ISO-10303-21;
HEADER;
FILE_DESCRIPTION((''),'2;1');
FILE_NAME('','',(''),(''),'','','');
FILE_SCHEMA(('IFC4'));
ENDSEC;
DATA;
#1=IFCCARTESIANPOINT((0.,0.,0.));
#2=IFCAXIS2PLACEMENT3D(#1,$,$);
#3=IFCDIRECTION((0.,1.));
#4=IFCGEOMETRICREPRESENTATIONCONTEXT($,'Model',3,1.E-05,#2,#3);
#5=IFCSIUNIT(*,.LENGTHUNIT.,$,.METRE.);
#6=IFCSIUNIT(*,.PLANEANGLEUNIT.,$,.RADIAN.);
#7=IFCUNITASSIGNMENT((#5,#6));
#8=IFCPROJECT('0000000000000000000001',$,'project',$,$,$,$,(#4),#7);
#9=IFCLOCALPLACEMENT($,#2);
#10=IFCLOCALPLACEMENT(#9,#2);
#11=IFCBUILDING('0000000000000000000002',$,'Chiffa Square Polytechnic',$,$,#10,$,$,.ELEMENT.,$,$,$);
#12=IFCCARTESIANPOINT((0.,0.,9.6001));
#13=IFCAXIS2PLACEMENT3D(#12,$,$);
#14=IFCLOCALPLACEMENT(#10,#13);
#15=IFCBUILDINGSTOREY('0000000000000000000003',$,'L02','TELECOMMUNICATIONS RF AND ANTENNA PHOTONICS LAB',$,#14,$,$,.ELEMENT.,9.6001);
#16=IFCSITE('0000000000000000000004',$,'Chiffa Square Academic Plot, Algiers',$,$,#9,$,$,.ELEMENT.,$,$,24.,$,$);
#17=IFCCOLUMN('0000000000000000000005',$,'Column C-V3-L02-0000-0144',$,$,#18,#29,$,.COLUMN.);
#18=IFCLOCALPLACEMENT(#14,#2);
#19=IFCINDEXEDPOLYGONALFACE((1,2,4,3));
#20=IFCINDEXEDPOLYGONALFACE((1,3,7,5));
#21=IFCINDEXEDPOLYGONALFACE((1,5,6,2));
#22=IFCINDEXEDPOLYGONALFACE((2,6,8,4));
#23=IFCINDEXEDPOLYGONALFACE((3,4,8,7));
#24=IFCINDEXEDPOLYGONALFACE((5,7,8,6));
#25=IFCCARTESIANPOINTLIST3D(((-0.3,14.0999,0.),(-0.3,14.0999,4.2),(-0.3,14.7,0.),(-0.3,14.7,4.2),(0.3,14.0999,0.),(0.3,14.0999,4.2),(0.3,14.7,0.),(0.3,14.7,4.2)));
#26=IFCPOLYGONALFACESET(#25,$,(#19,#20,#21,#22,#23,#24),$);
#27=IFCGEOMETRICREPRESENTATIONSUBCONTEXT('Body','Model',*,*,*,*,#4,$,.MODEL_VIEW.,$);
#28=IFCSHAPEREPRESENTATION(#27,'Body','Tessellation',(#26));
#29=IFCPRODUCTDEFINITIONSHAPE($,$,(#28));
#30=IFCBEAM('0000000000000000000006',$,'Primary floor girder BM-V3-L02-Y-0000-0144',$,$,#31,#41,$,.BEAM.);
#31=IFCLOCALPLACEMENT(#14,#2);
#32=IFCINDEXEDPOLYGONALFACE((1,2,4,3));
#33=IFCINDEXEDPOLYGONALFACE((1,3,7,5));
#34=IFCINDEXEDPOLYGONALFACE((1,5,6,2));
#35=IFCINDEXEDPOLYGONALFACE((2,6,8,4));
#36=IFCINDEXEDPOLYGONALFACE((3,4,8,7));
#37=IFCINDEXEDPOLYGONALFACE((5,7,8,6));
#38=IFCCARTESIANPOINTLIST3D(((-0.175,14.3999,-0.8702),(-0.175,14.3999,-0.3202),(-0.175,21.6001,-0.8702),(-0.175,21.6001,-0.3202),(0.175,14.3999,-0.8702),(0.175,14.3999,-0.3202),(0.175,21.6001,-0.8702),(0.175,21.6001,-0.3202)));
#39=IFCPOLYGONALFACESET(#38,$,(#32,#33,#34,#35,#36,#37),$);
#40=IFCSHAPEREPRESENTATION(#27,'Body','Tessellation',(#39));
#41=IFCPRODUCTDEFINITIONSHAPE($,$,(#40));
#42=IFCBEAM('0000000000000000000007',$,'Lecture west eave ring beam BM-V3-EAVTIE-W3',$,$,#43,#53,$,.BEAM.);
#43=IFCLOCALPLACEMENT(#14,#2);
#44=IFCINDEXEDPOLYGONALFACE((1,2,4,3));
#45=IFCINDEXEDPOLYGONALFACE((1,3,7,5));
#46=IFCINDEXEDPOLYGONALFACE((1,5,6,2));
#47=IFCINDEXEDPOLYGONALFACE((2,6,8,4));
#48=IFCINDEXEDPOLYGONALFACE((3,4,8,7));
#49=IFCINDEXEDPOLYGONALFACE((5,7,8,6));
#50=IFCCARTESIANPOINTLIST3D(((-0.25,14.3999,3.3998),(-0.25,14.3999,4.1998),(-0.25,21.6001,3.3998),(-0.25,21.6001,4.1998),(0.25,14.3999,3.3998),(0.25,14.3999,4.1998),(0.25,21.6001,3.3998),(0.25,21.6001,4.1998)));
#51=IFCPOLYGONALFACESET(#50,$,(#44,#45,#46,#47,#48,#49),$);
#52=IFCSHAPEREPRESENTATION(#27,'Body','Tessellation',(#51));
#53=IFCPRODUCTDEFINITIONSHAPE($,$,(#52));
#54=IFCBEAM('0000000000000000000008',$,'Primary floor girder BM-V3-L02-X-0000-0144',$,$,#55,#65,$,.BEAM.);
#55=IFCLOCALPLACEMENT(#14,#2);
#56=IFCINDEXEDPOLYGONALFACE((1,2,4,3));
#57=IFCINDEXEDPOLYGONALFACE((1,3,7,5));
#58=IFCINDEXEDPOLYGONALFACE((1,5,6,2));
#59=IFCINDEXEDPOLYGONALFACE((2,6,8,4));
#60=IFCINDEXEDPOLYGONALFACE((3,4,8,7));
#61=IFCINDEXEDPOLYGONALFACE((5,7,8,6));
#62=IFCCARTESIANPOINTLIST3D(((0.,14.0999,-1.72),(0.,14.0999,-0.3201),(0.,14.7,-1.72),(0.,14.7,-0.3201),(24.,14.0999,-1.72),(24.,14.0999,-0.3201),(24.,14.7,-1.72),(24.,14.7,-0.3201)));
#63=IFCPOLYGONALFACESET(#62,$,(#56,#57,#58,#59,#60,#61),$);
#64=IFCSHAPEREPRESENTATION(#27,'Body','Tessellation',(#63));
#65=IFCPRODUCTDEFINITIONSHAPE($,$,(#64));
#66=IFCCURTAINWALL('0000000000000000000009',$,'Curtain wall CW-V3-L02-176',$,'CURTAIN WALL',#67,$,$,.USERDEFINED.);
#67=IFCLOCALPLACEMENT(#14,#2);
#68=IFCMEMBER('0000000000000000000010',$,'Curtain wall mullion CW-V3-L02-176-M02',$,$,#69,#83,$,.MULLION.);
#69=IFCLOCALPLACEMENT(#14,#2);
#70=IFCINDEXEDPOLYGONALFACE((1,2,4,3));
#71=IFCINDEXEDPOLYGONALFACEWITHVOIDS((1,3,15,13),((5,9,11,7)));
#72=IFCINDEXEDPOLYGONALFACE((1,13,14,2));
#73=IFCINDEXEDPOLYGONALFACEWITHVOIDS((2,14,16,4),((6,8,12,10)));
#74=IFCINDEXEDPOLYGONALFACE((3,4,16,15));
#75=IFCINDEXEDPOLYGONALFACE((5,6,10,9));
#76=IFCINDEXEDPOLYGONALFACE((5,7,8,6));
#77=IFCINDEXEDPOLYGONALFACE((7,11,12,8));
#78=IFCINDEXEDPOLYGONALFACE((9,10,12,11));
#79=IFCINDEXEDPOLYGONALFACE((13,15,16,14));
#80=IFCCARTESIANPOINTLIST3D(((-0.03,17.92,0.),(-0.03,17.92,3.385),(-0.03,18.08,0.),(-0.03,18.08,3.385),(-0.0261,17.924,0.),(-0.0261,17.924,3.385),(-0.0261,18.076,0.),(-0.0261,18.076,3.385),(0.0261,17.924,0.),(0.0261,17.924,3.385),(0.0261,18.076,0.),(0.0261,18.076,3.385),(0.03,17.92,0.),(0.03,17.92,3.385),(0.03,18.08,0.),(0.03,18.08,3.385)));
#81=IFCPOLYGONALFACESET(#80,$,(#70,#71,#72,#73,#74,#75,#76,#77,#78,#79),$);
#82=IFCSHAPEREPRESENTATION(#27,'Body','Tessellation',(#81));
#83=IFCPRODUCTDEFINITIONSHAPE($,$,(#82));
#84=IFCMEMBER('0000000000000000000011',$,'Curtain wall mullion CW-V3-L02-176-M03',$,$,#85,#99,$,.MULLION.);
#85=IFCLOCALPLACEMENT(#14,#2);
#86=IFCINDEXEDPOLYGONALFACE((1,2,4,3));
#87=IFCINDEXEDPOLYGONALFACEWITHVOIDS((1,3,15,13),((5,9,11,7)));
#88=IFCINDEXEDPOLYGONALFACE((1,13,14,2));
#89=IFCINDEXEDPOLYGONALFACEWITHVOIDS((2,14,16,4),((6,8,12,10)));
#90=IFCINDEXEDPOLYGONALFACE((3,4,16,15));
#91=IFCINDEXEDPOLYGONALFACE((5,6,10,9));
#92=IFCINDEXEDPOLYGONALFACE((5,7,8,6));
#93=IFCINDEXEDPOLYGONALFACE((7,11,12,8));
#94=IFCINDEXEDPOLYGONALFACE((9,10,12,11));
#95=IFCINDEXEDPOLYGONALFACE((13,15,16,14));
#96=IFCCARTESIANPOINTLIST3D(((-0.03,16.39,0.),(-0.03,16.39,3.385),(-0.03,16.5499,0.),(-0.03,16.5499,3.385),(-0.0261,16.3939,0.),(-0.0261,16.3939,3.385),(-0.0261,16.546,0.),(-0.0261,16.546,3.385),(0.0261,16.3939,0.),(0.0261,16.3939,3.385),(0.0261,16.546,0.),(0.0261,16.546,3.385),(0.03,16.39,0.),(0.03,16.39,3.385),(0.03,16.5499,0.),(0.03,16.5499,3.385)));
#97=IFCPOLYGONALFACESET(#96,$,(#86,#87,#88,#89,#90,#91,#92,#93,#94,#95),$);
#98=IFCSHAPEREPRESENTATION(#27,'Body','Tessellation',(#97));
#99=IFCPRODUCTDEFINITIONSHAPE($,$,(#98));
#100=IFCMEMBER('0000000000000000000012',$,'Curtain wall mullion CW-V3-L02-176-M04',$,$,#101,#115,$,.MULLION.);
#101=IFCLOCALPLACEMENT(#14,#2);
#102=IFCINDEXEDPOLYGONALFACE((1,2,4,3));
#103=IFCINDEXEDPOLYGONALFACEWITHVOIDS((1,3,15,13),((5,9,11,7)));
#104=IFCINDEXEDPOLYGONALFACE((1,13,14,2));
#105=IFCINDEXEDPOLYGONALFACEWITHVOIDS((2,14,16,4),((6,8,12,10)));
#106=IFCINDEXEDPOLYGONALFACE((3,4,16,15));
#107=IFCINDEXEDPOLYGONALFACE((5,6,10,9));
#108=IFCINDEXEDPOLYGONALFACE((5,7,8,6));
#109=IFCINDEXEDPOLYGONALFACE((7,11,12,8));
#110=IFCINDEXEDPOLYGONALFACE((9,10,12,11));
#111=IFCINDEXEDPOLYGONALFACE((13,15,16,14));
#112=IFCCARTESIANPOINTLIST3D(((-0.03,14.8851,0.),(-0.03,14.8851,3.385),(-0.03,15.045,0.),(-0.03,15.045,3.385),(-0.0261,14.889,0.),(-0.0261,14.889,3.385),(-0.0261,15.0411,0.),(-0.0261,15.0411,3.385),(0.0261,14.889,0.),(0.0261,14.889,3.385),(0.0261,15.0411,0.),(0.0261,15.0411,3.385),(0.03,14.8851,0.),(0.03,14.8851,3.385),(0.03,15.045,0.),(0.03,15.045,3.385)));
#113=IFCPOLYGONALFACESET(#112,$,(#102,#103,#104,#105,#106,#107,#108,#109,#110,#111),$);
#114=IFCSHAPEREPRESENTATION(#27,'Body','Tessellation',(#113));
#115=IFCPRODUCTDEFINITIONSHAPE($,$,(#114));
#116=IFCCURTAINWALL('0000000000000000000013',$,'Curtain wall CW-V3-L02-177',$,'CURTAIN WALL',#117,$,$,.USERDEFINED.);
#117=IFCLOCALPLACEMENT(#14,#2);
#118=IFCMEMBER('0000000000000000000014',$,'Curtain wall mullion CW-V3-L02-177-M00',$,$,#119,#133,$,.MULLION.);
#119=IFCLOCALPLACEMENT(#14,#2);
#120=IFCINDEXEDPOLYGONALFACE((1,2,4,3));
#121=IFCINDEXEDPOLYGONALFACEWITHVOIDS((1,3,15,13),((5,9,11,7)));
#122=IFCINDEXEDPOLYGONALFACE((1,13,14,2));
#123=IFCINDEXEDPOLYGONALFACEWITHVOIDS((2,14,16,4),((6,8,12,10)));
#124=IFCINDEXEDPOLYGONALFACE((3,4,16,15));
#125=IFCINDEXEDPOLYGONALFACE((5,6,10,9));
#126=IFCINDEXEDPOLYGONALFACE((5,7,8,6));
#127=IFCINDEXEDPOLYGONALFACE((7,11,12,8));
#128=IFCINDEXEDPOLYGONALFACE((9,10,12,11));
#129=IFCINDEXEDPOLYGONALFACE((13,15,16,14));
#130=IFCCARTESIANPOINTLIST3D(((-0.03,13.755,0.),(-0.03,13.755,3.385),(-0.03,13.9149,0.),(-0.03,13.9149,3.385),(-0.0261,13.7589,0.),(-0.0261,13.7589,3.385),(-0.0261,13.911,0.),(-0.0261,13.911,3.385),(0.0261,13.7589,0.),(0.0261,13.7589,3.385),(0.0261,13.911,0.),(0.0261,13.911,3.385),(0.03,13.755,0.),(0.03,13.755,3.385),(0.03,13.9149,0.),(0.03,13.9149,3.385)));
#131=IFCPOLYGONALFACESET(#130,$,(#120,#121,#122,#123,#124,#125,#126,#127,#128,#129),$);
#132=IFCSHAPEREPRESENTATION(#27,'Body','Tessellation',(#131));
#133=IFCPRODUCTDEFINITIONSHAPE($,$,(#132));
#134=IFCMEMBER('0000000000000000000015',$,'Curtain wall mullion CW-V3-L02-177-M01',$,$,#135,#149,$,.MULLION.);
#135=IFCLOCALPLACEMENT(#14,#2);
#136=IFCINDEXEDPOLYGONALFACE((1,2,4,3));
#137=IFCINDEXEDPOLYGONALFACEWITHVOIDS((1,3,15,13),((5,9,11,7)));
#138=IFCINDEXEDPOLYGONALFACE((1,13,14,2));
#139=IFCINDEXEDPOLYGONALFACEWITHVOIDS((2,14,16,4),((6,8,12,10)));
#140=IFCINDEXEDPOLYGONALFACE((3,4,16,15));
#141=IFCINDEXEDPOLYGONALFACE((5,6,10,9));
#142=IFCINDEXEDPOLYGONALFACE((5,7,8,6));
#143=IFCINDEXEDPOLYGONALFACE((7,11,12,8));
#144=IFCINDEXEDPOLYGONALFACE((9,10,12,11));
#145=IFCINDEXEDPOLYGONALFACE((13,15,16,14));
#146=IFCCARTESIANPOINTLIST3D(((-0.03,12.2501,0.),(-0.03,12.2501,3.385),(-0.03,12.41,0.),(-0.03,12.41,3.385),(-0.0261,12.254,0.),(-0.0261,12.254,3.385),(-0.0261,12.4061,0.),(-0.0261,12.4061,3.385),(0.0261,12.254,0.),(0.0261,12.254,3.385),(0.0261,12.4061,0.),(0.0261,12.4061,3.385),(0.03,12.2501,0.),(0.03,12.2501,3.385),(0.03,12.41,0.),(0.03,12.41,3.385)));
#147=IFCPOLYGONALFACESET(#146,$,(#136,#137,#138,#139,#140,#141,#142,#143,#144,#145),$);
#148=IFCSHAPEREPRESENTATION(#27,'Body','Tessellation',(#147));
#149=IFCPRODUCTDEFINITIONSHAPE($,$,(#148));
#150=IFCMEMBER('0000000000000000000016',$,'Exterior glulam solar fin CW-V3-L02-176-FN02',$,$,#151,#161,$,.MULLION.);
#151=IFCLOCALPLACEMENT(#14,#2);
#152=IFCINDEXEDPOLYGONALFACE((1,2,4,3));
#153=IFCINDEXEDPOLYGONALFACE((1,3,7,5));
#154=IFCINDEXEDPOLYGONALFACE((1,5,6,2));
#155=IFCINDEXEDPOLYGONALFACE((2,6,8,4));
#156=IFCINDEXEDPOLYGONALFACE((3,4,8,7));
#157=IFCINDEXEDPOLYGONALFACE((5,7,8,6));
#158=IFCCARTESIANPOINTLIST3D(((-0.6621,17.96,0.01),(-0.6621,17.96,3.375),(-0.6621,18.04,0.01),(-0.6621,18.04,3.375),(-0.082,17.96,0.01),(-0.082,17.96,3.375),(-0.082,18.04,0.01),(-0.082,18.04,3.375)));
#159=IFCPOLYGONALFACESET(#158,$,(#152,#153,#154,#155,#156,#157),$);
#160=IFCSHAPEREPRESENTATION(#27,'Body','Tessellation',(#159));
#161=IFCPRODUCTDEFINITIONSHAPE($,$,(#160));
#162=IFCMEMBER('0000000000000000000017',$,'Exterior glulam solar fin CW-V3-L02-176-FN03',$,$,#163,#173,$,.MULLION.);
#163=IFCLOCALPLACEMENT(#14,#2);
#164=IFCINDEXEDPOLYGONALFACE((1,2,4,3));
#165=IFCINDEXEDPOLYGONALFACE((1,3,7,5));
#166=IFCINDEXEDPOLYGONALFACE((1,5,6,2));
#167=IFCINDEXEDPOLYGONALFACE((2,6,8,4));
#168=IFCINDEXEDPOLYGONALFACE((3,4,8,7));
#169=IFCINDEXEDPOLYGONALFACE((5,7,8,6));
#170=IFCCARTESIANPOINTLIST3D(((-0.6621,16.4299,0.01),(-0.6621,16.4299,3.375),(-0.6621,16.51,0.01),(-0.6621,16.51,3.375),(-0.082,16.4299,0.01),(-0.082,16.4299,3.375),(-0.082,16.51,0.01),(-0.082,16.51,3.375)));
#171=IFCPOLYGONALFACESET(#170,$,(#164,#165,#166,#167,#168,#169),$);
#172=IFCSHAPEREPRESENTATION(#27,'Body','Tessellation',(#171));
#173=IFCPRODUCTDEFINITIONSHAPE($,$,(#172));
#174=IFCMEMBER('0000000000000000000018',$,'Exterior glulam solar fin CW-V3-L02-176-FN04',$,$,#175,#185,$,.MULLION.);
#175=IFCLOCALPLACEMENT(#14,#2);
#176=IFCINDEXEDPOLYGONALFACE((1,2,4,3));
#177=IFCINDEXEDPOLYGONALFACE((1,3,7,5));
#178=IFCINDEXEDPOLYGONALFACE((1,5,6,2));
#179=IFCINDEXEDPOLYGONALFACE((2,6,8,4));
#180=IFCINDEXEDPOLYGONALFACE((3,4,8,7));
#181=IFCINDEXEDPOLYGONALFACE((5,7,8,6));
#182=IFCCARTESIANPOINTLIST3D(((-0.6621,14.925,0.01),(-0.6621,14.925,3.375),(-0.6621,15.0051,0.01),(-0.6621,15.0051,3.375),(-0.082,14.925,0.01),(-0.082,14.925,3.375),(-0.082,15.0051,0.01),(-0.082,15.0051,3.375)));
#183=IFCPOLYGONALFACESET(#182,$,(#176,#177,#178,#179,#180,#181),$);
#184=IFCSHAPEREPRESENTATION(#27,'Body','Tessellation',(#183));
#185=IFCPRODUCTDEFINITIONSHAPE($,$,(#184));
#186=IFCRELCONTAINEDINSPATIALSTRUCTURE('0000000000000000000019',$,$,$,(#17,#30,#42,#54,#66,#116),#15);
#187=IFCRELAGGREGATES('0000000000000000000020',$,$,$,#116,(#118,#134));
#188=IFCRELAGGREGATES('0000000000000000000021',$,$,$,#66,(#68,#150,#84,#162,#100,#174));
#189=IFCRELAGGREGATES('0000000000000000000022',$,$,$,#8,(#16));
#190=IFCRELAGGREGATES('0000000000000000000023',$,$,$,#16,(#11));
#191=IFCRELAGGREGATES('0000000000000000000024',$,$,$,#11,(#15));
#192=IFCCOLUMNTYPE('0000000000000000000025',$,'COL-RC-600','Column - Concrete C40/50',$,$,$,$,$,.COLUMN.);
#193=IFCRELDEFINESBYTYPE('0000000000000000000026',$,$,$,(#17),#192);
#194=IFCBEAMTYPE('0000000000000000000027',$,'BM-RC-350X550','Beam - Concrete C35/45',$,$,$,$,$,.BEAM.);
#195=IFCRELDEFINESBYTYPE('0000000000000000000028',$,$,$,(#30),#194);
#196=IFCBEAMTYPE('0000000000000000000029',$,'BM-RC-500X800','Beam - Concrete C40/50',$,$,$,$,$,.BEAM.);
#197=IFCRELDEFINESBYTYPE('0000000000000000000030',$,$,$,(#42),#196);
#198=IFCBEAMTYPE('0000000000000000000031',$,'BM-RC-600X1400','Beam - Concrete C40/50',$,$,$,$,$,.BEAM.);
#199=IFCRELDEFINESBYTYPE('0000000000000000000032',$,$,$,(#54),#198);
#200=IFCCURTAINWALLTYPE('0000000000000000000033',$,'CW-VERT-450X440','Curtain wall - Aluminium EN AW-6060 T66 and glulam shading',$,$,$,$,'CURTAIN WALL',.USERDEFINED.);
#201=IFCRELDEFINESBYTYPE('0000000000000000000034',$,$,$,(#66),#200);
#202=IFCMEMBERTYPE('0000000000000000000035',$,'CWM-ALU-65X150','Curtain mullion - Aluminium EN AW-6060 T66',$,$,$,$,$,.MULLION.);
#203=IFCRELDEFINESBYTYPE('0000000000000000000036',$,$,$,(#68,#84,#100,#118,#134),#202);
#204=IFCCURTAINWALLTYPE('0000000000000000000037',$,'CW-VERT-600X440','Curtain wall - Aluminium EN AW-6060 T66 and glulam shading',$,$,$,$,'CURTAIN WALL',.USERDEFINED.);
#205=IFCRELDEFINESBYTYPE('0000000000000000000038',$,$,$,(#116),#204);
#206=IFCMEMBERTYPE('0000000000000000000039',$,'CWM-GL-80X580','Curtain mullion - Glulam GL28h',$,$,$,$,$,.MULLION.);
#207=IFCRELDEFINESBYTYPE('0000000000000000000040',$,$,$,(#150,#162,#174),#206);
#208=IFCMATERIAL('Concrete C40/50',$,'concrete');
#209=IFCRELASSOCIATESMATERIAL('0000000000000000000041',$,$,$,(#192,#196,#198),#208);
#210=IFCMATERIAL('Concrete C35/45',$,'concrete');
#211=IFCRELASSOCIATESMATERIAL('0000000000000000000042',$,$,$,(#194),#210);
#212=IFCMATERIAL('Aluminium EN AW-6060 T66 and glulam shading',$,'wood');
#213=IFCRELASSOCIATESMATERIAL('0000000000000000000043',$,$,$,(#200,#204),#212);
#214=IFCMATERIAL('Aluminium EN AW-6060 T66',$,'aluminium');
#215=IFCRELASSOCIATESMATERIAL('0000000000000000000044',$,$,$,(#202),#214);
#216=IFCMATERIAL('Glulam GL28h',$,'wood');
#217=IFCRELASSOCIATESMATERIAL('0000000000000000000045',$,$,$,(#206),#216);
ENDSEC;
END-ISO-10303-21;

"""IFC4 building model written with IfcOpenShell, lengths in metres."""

from ifc_helpers import new_model, si_unit, direction, frame, origin, origin_2d, place, context, subcontext, project, spatial, rectangle, hollow_rectangle, extrude, material, material_profile, profile_set, type_object, element, aggregate, save


model = new_model("IFC4")

# Units and contexts
model_context = context("Model", 3, precision=1e-05, world=origin(), true_north=direction((0.0, 1.0)))
body_context = subcontext(model_context, "Body", "Model", "MODEL_VIEW")
ifc_project = project(units=[si_unit("LENGTHUNIT", "METRE"), si_unit("PLANEANGLEUNIT", "RADIAN")], contexts=[model_context])

# Site, building, storey
site_placement = place(None, origin())
site = spatial("IfcSite", under=ifc_project, at=site_placement, Name="Chiffa Square Academic Plot, Algiers", CompositionType="ELEMENT", RefElevation=24.0)
building_placement = place(site_placement, origin())
building = spatial("IfcBuilding", under=site, at=building_placement, Name="Chiffa Square Polytechnic", CompositionType="ELEMENT")
storey_placement = place(building_placement, frame((0.0, 0.0, 9.6001)))
storey = spatial("IfcBuildingStorey", under=building, at=storey_placement, Name="L02", Description="TELECOMMUNICATIONS RF AND ANTENNA PHOTONICS LAB", CompositionType="ELEMENT", Elevation=9.6001)

# Column
ifc_material_1 = material(Name="Concrete C40/50", Category="concrete")
ifc_material_profile_1 = material_profile(ifc_material_1, rectangle(XDim=0.6001, YDim=0.6001, at=origin_2d()), Name="RC 600x600")
ifc_profile_set_1 = profile_set([ifc_material_profile_1], Name="Concrete C40/50")
column_type = type_object("IfcColumnType", Name="COL-RC-600", Description="Column - Concrete C40/50", PredefinedType="COLUMN", material=ifc_profile_set_1)
column_placement = place(storey_placement, frame((0.0, 14.3999, 0.0), z_axis=(0.0, 0.0, 1.0), x_axis=(1.0, 0.0, 0.0)))
element("IfcColumn", 1, at=column_placement, inside=storey, type_object=column_type, Name="Column C-V3-L02-0000-0144", PredefinedType="COLUMN", context=body_context, shape_type="SweptSolid", body=[
    extrude(rectangle(XDim=0.6001, YDim=0.6001, at=origin_2d()), origin(), (0.0, 0.0, 1.0), 4.2),
])

# Beams
ifc_material_2 = material(Name="Concrete C35/45", Category="concrete")
ifc_material_profile_2 = material_profile(ifc_material_2, rectangle(XDim=0.3501, YDim=0.55, at=origin_2d()), Name="RC 350x550")
ifc_profile_set_2 = profile_set([ifc_material_profile_2], Name="Concrete C35/45")
beam_type_1 = type_object("IfcBeamType", Name="BM-RC-350X550", Description="Beam - Concrete C35/45", PredefinedType="BEAM", material=ifc_profile_set_2)
beam_1_placement = place(storey_placement, frame((0.0, 14.3999, -0.5952), z_axis=(0.0, 1.0, 0.0), x_axis=(-1.0, 0.0, 0.0)))
element("IfcBeam", 2, at=beam_1_placement, inside=storey, type_object=beam_type_1, Name="Primary floor girder BM-V3-L02-Y-0000-0144", PredefinedType="BEAM", context=body_context, shape_type="SweptSolid", body=[
    extrude(rectangle(XDim=0.3501, YDim=0.55, at=origin_2d()), origin(), (0.0, 0.0, 1.0), 7.2002),
])
ifc_material_profile_3 = material_profile(ifc_material_1, rectangle(XDim=0.5, YDim=0.8, at=origin_2d()), Name="RC 500x800")
ifc_profile_set_3 = profile_set([ifc_material_profile_3], Name="Concrete C40/50")
beam_type_2 = type_object("IfcBeamType", Name="BM-RC-500X800", Description="Beam - Concrete C40/50", PredefinedType="BEAM", material=ifc_profile_set_3)
beam_2_placement = place(storey_placement, frame((0.0, 14.3999, 3.7998), z_axis=(0.0, 1.0, 0.0), x_axis=(-1.0, 0.0, 0.0)))
element("IfcBeam", 3, at=beam_2_placement, inside=storey, type_object=beam_type_2, Name="Lecture west eave ring beam BM-V3-EAVTIE-W3", PredefinedType="BEAM", context=body_context, shape_type="SweptSolid", body=[
    extrude(rectangle(XDim=0.5, YDim=0.8, at=origin_2d()), origin(), (0.0, 0.0, 1.0), 7.2002),
])
ifc_material_profile_4 = material_profile(ifc_material_1, rectangle(XDim=0.6001, YDim=1.3999, at=origin_2d()), Name="RC 600x1400")
ifc_profile_set_4 = profile_set([ifc_material_profile_4], Name="Concrete C40/50")
beam_type_3 = type_object("IfcBeamType", Name="BM-RC-600X1400", Description="Beam - Concrete C40/50", PredefinedType="BEAM", material=ifc_profile_set_4)
beam_3_placement = place(storey_placement, frame((0.0, 14.3999, -1.02), z_axis=(1.0, 0.0, 0.0), x_axis=(0.0, 1.0, 0.0)))
element("IfcBeam", 4, at=beam_3_placement, inside=storey, type_object=beam_type_3, Name="Primary floor girder BM-V3-L02-X-0000-0144", PredefinedType="BEAM", context=body_context, shape_type="SweptSolid", body=[
    extrude(rectangle(XDim=0.6001, YDim=1.3999, at=origin_2d()), origin(), (0.0, 0.0, 1.0), 24.0),
])

# Curtain walls, members
ifc_material_3 = material(Name="Aluminium EN AW-6060 T66 and glulam shading", Category="wood")
curtain_wall_type_1 = type_object("IfcCurtainWallType", Name="CW-VERT-450X440", Description="Curtain wall - Aluminium EN AW-6060 T66 and glulam shading", ElementType="CURTAIN WALL", PredefinedType="USERDEFINED", material=ifc_material_3)
curtain_wall_1_placement = place(storey_placement, origin())
curtain_wall_1 = element("IfcCurtainWall", 5, at=curtain_wall_1_placement, inside=storey, type_object=curtain_wall_type_1, Name="Curtain wall CW-V3-L02-176", ObjectType="CURTAIN WALL", PredefinedType="USERDEFINED")
ifc_material_4 = material(Name="Aluminium EN AW-6060 T66", Category="aluminium")
ifc_material_profile_5 = material_profile(ifc_material_4, hollow_rectangle(XDim=0.0601, YDim=0.1599, WallThickness=0.0039, at=origin_2d()), Name="ALU 60x160x4")
ifc_profile_set_5 = profile_set([ifc_material_profile_5], Name="Aluminium EN AW-6060 T66")
member_type_1 = type_object("IfcMemberType", Name="CWM-ALU-65X150", Description="Curtain mullion - Aluminium EN AW-6060 T66", PredefinedType="MULLION", material=ifc_profile_set_5)
member_1_placement = place(storey_placement, frame((0.0, 18.0, 0.0), z_axis=(0.0, 0.0, 1.0), x_axis=(1.0, 0.0, 0.0)))
member_1 = element("IfcMember", 6, at=member_1_placement, type_object=member_type_1, Name="Curtain wall mullion CW-V3-L02-176-M02", PredefinedType="MULLION", context=body_context, shape_type="SweptSolid", body=[
    extrude(hollow_rectangle(XDim=0.0601, YDim=0.1599, WallThickness=0.0039, at=origin_2d()), origin(), (0.0, 0.0, 1.0), 3.385),
])
member_2_placement = place(storey_placement, frame((0.0, 16.47, 0.0), z_axis=(0.0, 0.0, 1.0), x_axis=(1.0, 0.0, 0.0)))
member_2 = element("IfcMember", 7, at=member_2_placement, type_object=member_type_1, Name="Curtain wall mullion CW-V3-L02-176-M03", PredefinedType="MULLION", context=body_context, shape_type="SweptSolid", body=[
    extrude(hollow_rectangle(XDim=0.0601, YDim=0.1599, WallThickness=0.0039, at=origin_2d()), origin(), (0.0, 0.0, 1.0), 3.385),
])
member_3_placement = place(storey_placement, frame((0.0, 14.9651, 0.0), z_axis=(0.0, 0.0, 1.0), x_axis=(1.0, 0.0, 0.0)))
member_3 = element("IfcMember", 8, at=member_3_placement, type_object=member_type_1, Name="Curtain wall mullion CW-V3-L02-176-M04", PredefinedType="MULLION", context=body_context, shape_type="SweptSolid", body=[
    extrude(hollow_rectangle(XDim=0.0601, YDim=0.1599, WallThickness=0.0039, at=origin_2d()), origin(), (0.0, 0.0, 1.0), 3.385),
])
curtain_wall_type_2 = type_object("IfcCurtainWallType", Name="CW-VERT-600X440", Description="Curtain wall - Aluminium EN AW-6060 T66 and glulam shading", ElementType="CURTAIN WALL", PredefinedType="USERDEFINED", material=ifc_material_3)
curtain_wall_2_placement = place(storey_placement, origin())
curtain_wall_2 = element("IfcCurtainWall", 9, at=curtain_wall_2_placement, inside=storey, type_object=curtain_wall_type_2, Name="Curtain wall CW-V3-L02-177", ObjectType="CURTAIN WALL", PredefinedType="USERDEFINED")
member_4_placement = place(storey_placement, frame((0.0, 13.835, 0.0), z_axis=(0.0, 0.0, 1.0), x_axis=(1.0, 0.0, 0.0)))
member_4 = element("IfcMember", 10, at=member_4_placement, type_object=member_type_1, Name="Curtain wall mullion CW-V3-L02-177-M00", PredefinedType="MULLION", context=body_context, shape_type="SweptSolid", body=[
    extrude(hollow_rectangle(XDim=0.0601, YDim=0.1599, WallThickness=0.0039, at=origin_2d()), origin(), (0.0, 0.0, 1.0), 3.385),
])
member_5_placement = place(storey_placement, frame((0.0, 12.3301, 0.0), z_axis=(0.0, 0.0, 1.0), x_axis=(1.0, 0.0, 0.0)))
member_5 = element("IfcMember", 11, at=member_5_placement, type_object=member_type_1, Name="Curtain wall mullion CW-V3-L02-177-M01", PredefinedType="MULLION", context=body_context, shape_type="SweptSolid", body=[
    extrude(hollow_rectangle(XDim=0.0601, YDim=0.1599, WallThickness=0.0039, at=origin_2d()), origin(), (0.0, 0.0, 1.0), 3.385),
])

# Members
ifc_material_5 = material(Name="Glulam GL28h", Category="wood")
ifc_material_profile_6 = material_profile(ifc_material_5, rectangle(XDim=0.0801, YDim=0.5801, at=origin_2d()), Name="GL28h 80x580")
ifc_profile_set_6 = profile_set([ifc_material_profile_6], Name="Glulam GL28h")
member_type_2 = type_object("IfcMemberType", Name="CWM-GL-80X580", Description="Curtain mullion - Glulam GL28h", PredefinedType="MULLION", material=ifc_profile_set_6)
member_6_placement = place(storey_placement, frame((-0.3721, 18.0, 0.01), z_axis=(0.0, 0.0, 1.0), x_axis=(0.0, -1.0, 0.0)))
member_6 = element("IfcMember", 12, at=member_6_placement, type_object=member_type_2, Name="Exterior glulam solar fin CW-V3-L02-176-FN02", PredefinedType="MULLION", context=body_context, shape_type="SweptSolid", body=[
    extrude(rectangle(XDim=0.0801, YDim=0.5801, at=origin_2d()), origin(), (0.0, 0.0, 1.0), 3.365),
])
member_7_placement = place(storey_placement, frame((-0.3721, 16.47, 0.01), z_axis=(0.0, 0.0, 1.0), x_axis=(0.0, -1.0, 0.0)))
member_7 = element("IfcMember", 13, at=member_7_placement, type_object=member_type_2, Name="Exterior glulam solar fin CW-V3-L02-176-FN03", PredefinedType="MULLION", context=body_context, shape_type="SweptSolid", body=[
    extrude(rectangle(XDim=0.0801, YDim=0.5801, at=origin_2d()), origin(), (0.0, 0.0, 1.0), 3.365),
])
member_8_placement = place(storey_placement, frame((-0.3721, 14.9651, 0.01), z_axis=(0.0, 0.0, 1.0), x_axis=(0.0, -1.0, 0.0)))
member_8 = element("IfcMember", 14, at=member_8_placement, type_object=member_type_2, Name="Exterior glulam solar fin CW-V3-L02-176-FN04", PredefinedType="MULLION", context=body_context, shape_type="SweptSolid", body=[
    extrude(rectangle(XDim=0.0801, YDim=0.5801, at=origin_2d()), origin(), (0.0, 0.0, 1.0), 3.365),
])

aggregate(curtain_wall_2, [member_4, member_5])
aggregate(curtain_wall_1, [member_1, member_6, member_2, member_7, member_3, member_8])

save(model, "model.ifc")
